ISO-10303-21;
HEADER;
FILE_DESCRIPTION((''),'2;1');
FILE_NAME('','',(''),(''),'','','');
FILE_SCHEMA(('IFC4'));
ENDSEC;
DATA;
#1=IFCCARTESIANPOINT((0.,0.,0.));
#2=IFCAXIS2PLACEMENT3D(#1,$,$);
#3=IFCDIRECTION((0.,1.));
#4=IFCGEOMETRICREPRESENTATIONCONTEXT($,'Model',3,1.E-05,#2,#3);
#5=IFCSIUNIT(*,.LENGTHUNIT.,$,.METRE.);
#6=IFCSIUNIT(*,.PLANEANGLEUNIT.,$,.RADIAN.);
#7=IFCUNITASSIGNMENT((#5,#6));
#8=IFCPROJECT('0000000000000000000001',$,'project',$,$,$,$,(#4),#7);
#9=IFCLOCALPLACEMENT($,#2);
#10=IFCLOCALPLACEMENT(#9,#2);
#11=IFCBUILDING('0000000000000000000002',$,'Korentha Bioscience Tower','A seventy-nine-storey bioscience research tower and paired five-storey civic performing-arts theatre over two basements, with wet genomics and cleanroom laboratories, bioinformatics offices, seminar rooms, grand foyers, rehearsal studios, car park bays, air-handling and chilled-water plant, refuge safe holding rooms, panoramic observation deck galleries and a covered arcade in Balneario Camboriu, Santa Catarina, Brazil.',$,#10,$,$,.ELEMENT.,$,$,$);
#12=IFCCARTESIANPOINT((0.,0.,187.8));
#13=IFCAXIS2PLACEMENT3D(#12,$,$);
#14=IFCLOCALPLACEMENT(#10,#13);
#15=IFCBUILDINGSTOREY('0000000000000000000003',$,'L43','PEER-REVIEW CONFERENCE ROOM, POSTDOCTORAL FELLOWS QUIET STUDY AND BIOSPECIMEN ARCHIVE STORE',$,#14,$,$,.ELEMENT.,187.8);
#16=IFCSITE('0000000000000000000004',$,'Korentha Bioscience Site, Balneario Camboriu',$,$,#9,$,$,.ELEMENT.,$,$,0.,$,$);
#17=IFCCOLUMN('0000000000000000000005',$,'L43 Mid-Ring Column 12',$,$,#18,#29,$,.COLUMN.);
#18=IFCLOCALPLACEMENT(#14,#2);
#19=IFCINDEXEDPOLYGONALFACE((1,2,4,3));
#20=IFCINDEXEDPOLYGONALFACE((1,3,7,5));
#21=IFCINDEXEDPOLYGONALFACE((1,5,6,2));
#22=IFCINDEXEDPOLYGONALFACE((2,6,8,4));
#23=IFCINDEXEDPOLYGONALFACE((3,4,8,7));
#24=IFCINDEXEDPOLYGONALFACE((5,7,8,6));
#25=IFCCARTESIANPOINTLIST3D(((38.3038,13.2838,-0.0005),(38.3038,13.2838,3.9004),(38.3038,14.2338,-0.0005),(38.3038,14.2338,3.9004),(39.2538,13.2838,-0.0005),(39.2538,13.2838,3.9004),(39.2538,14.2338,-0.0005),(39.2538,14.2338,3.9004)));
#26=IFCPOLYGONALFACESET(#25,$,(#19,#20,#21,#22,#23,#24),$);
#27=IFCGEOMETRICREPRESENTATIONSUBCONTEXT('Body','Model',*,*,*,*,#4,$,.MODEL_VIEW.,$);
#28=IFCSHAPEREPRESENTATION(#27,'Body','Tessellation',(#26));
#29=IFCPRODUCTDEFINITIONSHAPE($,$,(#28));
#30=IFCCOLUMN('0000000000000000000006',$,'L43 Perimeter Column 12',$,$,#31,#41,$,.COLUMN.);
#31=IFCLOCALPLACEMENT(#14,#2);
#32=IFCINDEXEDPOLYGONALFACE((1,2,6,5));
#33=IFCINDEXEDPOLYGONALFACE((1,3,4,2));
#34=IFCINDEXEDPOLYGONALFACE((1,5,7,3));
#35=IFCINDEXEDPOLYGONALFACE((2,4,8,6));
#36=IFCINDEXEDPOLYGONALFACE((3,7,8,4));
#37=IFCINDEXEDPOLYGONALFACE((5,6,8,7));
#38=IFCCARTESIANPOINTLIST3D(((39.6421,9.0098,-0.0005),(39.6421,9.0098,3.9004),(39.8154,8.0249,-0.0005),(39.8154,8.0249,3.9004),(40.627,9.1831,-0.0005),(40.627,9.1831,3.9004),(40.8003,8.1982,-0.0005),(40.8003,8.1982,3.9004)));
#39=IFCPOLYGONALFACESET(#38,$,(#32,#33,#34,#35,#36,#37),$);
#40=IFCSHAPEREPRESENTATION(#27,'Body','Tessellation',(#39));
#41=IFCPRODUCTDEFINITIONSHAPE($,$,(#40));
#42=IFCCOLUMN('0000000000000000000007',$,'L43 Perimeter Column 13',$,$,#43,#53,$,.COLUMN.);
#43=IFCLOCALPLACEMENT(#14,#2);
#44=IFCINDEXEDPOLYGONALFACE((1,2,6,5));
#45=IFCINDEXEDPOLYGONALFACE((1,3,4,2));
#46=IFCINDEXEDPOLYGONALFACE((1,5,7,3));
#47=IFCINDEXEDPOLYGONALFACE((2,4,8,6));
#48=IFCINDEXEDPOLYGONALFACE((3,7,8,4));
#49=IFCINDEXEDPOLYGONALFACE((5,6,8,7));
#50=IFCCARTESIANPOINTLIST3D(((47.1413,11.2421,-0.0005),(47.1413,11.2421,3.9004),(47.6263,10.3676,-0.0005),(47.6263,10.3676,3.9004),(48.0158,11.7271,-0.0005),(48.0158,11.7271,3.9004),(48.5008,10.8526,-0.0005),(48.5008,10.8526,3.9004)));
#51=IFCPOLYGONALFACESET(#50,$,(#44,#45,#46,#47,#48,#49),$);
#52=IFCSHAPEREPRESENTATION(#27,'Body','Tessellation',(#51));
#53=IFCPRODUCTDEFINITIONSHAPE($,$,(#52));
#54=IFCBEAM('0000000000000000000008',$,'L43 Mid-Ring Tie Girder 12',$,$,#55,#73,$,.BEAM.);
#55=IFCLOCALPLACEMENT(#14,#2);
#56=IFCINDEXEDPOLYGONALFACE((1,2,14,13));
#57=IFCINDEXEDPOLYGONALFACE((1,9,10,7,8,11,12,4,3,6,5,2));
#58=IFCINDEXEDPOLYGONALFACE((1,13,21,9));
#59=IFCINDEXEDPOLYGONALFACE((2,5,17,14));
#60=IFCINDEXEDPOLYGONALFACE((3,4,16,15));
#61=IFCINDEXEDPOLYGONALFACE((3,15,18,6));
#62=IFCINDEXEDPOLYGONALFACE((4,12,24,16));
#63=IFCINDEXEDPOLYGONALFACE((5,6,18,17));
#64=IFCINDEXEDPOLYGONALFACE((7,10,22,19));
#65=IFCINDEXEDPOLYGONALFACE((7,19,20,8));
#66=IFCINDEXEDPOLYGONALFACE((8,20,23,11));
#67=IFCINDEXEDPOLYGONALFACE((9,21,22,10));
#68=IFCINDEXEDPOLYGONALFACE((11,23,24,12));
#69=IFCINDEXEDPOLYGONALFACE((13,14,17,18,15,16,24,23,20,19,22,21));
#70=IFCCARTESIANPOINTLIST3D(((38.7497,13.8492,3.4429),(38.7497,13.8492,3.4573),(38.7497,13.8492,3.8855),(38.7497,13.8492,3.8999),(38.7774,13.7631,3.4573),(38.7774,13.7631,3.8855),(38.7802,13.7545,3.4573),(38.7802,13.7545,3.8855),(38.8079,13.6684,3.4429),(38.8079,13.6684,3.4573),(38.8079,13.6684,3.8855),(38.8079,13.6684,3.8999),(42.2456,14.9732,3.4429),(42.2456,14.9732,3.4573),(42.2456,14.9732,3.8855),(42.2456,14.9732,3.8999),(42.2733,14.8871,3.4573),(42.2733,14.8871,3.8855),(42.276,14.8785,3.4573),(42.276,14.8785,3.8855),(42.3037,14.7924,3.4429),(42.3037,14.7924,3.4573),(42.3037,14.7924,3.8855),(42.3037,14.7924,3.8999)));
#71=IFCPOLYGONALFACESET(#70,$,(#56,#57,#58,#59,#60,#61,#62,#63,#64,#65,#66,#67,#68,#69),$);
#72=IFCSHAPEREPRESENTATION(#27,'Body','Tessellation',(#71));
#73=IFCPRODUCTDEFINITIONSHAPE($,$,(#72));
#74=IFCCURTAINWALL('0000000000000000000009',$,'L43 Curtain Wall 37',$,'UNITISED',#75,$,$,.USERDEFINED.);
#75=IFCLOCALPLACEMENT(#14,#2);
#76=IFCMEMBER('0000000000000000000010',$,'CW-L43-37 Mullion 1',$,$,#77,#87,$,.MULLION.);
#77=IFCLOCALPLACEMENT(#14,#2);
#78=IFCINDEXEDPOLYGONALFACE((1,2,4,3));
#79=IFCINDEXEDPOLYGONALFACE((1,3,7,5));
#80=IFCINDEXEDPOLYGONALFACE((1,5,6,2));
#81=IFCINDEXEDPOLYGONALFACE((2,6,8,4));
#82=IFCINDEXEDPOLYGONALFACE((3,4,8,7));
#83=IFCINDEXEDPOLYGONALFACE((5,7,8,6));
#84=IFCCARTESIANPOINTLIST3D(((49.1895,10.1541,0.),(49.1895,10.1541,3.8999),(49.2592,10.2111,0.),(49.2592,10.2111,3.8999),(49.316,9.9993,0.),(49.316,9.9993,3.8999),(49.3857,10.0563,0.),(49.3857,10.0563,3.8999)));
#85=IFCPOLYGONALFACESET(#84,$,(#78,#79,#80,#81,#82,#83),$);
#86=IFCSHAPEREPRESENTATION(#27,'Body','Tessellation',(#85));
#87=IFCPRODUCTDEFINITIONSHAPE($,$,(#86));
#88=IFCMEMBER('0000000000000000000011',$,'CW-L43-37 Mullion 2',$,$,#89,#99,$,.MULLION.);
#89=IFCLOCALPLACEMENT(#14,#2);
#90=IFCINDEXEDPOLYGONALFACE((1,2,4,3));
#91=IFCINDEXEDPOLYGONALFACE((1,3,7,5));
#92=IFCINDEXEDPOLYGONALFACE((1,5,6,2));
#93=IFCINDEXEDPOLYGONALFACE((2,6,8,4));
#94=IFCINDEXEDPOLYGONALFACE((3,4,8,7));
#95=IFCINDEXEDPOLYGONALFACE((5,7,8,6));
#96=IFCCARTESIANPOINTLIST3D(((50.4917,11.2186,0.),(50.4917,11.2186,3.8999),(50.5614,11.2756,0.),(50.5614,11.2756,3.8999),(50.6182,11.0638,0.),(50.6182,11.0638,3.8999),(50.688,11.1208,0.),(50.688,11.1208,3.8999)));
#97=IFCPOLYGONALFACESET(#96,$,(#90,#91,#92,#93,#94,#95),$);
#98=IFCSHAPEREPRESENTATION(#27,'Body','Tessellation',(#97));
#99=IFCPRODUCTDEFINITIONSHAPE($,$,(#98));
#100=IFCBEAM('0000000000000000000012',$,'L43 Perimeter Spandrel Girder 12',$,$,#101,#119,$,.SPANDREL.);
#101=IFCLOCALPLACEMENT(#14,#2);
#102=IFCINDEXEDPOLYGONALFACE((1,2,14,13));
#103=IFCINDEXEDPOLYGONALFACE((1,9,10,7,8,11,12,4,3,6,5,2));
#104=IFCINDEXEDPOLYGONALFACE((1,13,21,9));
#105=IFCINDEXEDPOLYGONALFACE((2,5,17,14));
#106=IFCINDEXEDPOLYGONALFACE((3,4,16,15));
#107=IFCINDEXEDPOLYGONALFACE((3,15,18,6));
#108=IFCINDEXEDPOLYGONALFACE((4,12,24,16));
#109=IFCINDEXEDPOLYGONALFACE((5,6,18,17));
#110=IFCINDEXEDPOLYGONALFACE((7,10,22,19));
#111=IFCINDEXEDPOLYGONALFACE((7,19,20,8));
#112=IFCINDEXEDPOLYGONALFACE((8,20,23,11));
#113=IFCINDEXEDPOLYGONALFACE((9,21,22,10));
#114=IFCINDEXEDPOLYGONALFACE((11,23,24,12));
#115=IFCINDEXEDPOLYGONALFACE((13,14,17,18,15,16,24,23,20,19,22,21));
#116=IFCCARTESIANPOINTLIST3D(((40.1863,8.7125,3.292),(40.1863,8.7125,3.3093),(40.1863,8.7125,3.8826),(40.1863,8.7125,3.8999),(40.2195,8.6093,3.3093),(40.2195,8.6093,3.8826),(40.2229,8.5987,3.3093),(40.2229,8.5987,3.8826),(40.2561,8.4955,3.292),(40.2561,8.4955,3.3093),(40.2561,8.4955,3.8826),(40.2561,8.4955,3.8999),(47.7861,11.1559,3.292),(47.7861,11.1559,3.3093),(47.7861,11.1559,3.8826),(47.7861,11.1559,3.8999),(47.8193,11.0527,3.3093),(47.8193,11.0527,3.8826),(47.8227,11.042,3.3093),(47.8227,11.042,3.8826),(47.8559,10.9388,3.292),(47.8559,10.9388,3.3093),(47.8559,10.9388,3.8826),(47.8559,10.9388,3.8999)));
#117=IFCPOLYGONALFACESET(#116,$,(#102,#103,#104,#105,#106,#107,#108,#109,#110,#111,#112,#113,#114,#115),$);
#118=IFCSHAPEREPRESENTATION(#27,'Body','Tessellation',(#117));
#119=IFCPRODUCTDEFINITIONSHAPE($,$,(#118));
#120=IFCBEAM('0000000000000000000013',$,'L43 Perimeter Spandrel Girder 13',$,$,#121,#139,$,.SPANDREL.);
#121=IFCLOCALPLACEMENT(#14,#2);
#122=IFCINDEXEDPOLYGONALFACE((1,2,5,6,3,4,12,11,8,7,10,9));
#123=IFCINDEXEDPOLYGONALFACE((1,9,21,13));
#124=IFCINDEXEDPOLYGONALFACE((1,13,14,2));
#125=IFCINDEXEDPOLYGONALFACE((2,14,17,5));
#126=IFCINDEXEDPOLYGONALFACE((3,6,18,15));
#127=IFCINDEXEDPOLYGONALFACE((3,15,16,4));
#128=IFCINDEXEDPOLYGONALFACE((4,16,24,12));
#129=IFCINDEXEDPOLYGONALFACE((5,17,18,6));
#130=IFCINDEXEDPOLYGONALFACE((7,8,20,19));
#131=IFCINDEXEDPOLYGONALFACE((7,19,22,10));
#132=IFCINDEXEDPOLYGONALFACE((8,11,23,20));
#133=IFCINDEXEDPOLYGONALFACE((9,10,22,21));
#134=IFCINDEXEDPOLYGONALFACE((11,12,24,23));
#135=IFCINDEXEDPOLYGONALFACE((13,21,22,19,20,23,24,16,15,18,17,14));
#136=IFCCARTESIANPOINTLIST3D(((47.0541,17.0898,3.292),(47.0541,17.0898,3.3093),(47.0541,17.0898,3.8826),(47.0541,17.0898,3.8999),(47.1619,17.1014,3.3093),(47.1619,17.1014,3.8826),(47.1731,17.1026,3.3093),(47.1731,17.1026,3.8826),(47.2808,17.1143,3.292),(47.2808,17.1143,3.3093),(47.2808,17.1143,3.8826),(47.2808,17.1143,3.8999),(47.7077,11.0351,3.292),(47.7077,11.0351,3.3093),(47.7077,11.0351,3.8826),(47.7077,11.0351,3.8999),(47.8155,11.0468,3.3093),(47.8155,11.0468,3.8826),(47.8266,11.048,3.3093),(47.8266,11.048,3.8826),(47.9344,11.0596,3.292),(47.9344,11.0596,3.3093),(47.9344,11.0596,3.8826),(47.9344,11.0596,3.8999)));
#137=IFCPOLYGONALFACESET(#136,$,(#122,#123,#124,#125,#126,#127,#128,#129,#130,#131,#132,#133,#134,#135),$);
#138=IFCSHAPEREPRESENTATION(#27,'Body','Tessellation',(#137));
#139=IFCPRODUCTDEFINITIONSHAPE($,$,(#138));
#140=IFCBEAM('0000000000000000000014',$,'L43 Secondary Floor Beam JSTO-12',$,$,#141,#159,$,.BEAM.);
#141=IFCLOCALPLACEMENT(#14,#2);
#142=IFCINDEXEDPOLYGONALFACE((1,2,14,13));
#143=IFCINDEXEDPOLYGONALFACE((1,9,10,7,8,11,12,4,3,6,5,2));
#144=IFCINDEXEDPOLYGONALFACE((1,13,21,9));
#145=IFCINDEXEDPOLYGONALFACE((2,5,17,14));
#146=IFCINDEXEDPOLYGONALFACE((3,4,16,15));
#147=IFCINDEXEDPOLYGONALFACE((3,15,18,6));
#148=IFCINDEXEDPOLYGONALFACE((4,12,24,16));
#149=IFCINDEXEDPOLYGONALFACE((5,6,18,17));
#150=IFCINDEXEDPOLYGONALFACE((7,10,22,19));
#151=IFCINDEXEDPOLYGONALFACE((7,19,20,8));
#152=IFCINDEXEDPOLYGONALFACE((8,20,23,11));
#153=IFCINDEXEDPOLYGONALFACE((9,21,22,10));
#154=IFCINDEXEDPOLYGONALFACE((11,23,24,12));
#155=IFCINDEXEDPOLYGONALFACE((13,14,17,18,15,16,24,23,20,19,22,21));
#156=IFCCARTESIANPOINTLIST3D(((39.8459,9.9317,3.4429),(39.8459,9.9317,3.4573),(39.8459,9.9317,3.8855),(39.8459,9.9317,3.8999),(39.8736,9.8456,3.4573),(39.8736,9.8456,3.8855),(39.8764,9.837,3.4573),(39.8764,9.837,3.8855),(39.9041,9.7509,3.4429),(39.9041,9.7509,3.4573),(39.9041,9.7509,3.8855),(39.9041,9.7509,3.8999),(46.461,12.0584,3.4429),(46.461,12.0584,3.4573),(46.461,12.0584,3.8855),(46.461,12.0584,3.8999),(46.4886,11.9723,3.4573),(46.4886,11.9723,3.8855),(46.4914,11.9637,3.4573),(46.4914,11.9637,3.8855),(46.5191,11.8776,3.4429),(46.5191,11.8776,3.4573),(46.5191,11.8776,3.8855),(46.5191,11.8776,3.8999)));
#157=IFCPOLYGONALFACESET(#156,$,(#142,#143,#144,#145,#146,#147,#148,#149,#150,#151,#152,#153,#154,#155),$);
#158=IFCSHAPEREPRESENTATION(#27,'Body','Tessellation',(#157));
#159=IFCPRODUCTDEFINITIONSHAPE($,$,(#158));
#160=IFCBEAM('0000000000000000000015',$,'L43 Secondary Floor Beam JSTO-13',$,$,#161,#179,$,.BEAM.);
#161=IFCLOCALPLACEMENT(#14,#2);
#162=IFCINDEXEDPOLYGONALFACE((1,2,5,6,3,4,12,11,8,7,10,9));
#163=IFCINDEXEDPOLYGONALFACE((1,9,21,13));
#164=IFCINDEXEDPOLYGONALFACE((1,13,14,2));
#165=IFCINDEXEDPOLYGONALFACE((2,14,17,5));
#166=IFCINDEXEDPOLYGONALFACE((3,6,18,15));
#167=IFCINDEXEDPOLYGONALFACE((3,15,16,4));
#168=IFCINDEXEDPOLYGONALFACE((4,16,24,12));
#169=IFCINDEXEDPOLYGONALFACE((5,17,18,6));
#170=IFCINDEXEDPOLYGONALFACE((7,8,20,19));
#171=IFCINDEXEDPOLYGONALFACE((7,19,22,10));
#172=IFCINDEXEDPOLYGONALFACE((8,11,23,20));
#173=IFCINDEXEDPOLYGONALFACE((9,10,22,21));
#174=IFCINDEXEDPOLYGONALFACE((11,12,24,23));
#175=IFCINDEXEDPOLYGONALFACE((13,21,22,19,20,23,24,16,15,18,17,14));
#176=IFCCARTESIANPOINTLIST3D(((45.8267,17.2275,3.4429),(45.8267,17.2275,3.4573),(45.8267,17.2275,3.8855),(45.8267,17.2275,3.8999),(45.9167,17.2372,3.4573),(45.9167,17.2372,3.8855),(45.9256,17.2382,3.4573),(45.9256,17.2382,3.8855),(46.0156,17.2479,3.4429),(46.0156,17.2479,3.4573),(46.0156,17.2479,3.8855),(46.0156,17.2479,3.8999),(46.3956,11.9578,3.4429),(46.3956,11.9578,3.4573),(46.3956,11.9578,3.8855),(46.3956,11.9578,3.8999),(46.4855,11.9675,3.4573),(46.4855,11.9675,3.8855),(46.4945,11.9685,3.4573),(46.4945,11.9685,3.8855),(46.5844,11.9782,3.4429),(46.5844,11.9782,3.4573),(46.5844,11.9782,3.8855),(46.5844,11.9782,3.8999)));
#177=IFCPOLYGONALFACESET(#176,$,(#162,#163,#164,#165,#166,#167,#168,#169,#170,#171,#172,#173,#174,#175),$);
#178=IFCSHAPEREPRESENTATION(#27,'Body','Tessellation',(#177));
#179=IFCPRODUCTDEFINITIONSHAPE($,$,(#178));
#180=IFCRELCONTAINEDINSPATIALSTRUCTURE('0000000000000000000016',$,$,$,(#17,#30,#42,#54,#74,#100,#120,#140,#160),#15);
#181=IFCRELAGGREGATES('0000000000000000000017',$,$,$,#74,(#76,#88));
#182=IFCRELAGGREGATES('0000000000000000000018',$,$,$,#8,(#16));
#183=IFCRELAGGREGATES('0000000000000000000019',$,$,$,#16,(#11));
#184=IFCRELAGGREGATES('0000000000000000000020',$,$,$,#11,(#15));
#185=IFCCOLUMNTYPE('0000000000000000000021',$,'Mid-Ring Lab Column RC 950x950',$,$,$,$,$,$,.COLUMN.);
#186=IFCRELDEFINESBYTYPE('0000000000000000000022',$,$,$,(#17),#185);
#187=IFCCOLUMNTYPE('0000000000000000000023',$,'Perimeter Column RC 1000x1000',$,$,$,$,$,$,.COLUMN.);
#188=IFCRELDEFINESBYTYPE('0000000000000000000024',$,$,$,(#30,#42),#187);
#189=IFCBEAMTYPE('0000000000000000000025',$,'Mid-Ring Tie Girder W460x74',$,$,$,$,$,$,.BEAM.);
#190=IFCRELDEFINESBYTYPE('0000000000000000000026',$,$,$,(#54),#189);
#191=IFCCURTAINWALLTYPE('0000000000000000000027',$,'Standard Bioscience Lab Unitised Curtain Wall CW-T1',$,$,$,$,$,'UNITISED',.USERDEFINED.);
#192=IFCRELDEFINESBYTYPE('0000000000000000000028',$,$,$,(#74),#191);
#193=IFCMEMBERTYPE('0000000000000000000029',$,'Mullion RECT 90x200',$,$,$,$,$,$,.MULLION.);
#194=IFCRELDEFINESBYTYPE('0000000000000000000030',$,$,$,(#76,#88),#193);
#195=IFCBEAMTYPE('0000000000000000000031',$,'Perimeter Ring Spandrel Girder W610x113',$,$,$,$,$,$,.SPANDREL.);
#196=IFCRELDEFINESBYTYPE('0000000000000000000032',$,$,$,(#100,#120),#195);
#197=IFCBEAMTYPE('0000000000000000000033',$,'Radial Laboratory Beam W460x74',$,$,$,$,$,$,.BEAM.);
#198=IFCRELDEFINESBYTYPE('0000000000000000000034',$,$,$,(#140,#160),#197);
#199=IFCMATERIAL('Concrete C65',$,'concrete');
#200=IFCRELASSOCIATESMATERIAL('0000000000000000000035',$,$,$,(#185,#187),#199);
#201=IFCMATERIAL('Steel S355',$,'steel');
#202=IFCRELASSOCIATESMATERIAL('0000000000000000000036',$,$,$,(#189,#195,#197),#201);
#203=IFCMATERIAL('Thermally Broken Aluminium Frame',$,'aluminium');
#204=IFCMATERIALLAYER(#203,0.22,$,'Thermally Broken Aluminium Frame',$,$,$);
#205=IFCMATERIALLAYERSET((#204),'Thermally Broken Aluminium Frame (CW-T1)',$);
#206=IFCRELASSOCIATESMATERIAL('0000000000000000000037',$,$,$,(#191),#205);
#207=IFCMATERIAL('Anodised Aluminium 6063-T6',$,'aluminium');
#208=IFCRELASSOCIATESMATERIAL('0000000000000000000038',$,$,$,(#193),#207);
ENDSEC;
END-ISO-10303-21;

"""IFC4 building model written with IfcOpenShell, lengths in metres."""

from ifc_helpers import new_model, si_unit, direction, frame, origin, origin_2d, place, context, subcontext, project, spatial, rectangle, i_section, extrude, material, layer, layer_set, material_profile, profile_set, type_object, element, aggregate, save


model = new_model("IFC4")

# Units and contexts
model_context = context("Model", 3, precision=1e-05, world=origin(), true_north=direction((0.0, 1.0)))
body_context = subcontext(model_context, "Body", "Model", "MODEL_VIEW")
ifc_project = project(units=[si_unit("LENGTHUNIT", "METRE"), si_unit("PLANEANGLEUNIT", "RADIAN")], contexts=[model_context])

# Site, building, storey
site_placement = place(None, origin())
site = spatial("IfcSite", under=ifc_project, at=site_placement, Name="Korentha Bioscience Site, Balneario Camboriu", CompositionType="ELEMENT", RefElevation=0.0)
building_placement = place(site_placement, origin())
building = spatial("IfcBuilding", under=site, at=building_placement, Name="Korentha Bioscience Tower", Description="A seventy-nine-storey bioscience research tower and paired five-storey civic performing-arts theatre over two basements, with wet genomics and cleanroom laboratories, bioinformatics offices, seminar rooms, grand foyers, rehearsal studios, car park bays, air-handling and chilled-water plant, refuge safe holding rooms, panoramic observation deck galleries and a covered arcade in Balneario Camboriu, Santa Catarina, Brazil.", CompositionType="ELEMENT")
storey_placement = place(building_placement, frame((0.0, 0.0, 187.8)))
storey = spatial("IfcBuildingStorey", under=building, at=storey_placement, Name="L43", Description="PEER-REVIEW CONFERENCE ROOM, POSTDOCTORAL FELLOWS QUIET STUDY AND BIOSPECIMEN ARCHIVE STORE", CompositionType="ELEMENT", Elevation=187.8)

# Columns
ifc_material_1 = material(Name="Concrete C65", Category="concrete")
ifc_material_profile_1 = material_profile(ifc_material_1, rectangle(XDim=0.95, YDim=0.95, at=origin_2d()), Name="Concrete C65")
ifc_profile_set_1 = profile_set([ifc_material_profile_1], Name="Concrete C65 (COL-MR09)")
column_type_1 = type_object("IfcColumnType", Name="Mid-Ring Lab Column RC 950x950", PredefinedType="COLUMN", material=ifc_profile_set_1)
column_placement = place(storey_placement, frame((38.7788, 13.7588, -0.0005), z_axis=(0.0, 0.0, 1.0), x_axis=(1.0, 0.0, 0.0)))
element("IfcColumn", 1, at=column_placement, inside=storey, type_object=column_type_1, Name="L43 Mid-Ring Column 12", PredefinedType="COLUMN", context=body_context, shape_type="SweptSolid", body=[
    extrude(rectangle(XDim=0.95, YDim=0.95, at=origin_2d()), origin(), (0.0, 0.0, 1.0), 3.9009),
])
ifc_material_profile_2 = material_profile(ifc_material_1, rectangle(XDim=1.0, YDim=1.0, at=origin_2d()), Name="Concrete C65")
ifc_profile_set_2 = profile_set([ifc_material_profile_2], Name="Concrete C65 (COL-P10)")
column_type_2 = type_object("IfcColumnType", Name="Perimeter Column RC 1000x1000", PredefinedType="COLUMN", material=ifc_profile_set_2)
for number, where, z_axis, x_axis, name in (
    (2, (40.2212, 8.604, -0.0005), (0.0, 0.0, 1.0), (0.984868, 0.173304, 0.0), "L43 Perimeter Column 12"),
    (3, (47.821, 11.0474, -0.0005), (0.0, 0.0, 1.0), (0.874535, 0.484962, 0.0), "L43 Perimeter Column 13"),
):
    element("IfcColumn", number, at=place(storey_placement, frame(where, z_axis=z_axis, x_axis=x_axis)), inside=storey, type_object=column_type_2, Name=name, PredefinedType="COLUMN", context=body_context, shape_type="SweptSolid", body=[
        extrude(rectangle(XDim=1.0, YDim=1.0, at=origin_2d()), origin(), (0.0, 0.0, 1.0), 3.9009),
    ])

# Beam
ifc_material_2 = material(Name="Steel S355", Category="steel")
ifc_material_profile_3 = material_profile(ifc_material_2, i_section(OverallWidth=0.1899, OverallDepth=0.457, WebThickness=0.009, FlangeThickness=0.0144, at=origin_2d()), Name="Steel S355")
ifc_profile_set_3 = profile_set([ifc_material_profile_3], Name="Steel S355 (MB-460)")
beam_type_1 = type_object("IfcBeamType", Name="Mid-Ring Tie Girder W460x74", PredefinedType="BEAM", material=ifc_profile_set_3)
beam_1_placement = place(storey_placement, frame((38.7788, 13.7588, 3.6714), z_axis=(0.952, 0.306097, 0.0), x_axis=(-0.306097, 0.952, 0.0)))
element("IfcBeam", 4, at=beam_1_placement, inside=storey, type_object=beam_type_1, Name="L43 Mid-Ring Tie Girder 12", PredefinedType="BEAM", context=body_context, shape_type="SweptSolid", body=[
    extrude(i_section(OverallWidth=0.1899, OverallDepth=0.457, WebThickness=0.009, FlangeThickness=0.0144, at=origin_2d()), origin(), (0.0, 0.0, 1.0), 3.6721),
])

# Curtain wall, members
ifc_material_3 = material(Name="Thermally Broken Aluminium Frame", Category="aluminium")
ifc_layer_1 = layer(ifc_material_3, 0.22, Name="Thermally Broken Aluminium Frame")
ifc_layer_set_1 = layer_set([ifc_layer_1], Name="Thermally Broken Aluminium Frame (CW-T1)")
curtain_wall_type = type_object("IfcCurtainWallType", Name="Standard Bioscience Lab Unitised Curtain Wall CW-T1", ElementType="UNITISED", PredefinedType="USERDEFINED", material=ifc_layer_set_1)
curtain_wall_placement = place(storey_placement, origin())
curtain_wall = element("IfcCurtainWall", 5, at=curtain_wall_placement, inside=storey, type_object=curtain_wall_type, Name="L43 Curtain Wall 37", ObjectType="UNITISED", PredefinedType="USERDEFINED")
ifc_material_4 = material(Name="Anodised Aluminium 6063-T6", Category="aluminium")
ifc_material_profile_4 = material_profile(ifc_material_4, rectangle(XDim=0.0901, YDim=0.2, at=origin_2d()), Name="Anodised Aluminium 6063-T6")
ifc_profile_set_4 = profile_set([ifc_material_profile_4], Name="Anodised Aluminium 6063-T6 (CW-MUL)")
member_type_1 = type_object("IfcMemberType", Name="Mullion RECT 90x200", PredefinedType="MULLION", material=ifc_profile_set_4)
member_1_placement = place(storey_placement, frame((49.2876, 10.1052, 0.0), z_axis=(0.0, 0.0, 1.0), x_axis=(0.774256, 0.632872, 0.0)))
member_1 = element("IfcMember", 6, at=member_1_placement, type_object=member_type_1, Name="CW-L43-37 Mullion 1", PredefinedType="MULLION", context=body_context, shape_type="SweptSolid", body=[
    extrude(rectangle(XDim=0.0901, YDim=0.2, at=origin_2d()), origin(), (0.0, 0.0, 1.0), 3.8999),
])
member_2_placement = place(storey_placement, frame((50.5898, 11.1697, 0.0), z_axis=(0.0, 0.0, 1.0), x_axis=(0.774256, 0.632872, 0.0)))
member_2 = element("IfcMember", 7, at=member_2_placement, type_object=member_type_1, Name="CW-L43-37 Mullion 2", PredefinedType="MULLION", context=body_context, shape_type="SweptSolid", body=[
    extrude(rectangle(XDim=0.0901, YDim=0.2, at=origin_2d()), origin(), (0.0, 0.0, 1.0), 3.8999),
])

# Beams
ifc_material_profile_5 = material_profile(ifc_material_2, i_section(OverallWidth=0.228, OverallDepth=0.6079, WebThickness=0.0112, FlangeThickness=0.0173, at=origin_2d()), Name="Steel S355")
ifc_profile_set_5 = profile_set([ifc_material_profile_5], Name="Steel S355 (SB-610)")
beam_type_2 = type_object("IfcBeamType", Name="Perimeter Ring Spandrel Girder W610x113", PredefinedType="SPANDREL", material=ifc_profile_set_5)
beam_2_placement = place(storey_placement, frame((40.2212, 8.604, 3.5959), z_axis=(0.952009, 0.306072, 0.0), x_axis=(-0.306072, 0.952009, 0.0)))
element("IfcBeam", 8, at=beam_2_placement, inside=storey, type_object=beam_type_2, Name="L43 Perimeter Spandrel Girder 12", PredefinedType="SPANDREL", context=body_context, shape_type="SweptSolid", body=[
    extrude(i_section(OverallWidth=0.228, OverallDepth=0.6079, WebThickness=0.0112, FlangeThickness=0.0173, at=origin_2d()), origin(), (0.0, 0.0, 1.0), 7.9829),
])
beam_3_placement = place(storey_placement, frame((47.821, 11.0474, 3.5959), z_axis=(-0.10732, 0.994225, 0.0), x_axis=(-0.994225, -0.10732, 0.0)))
element("IfcBeam", 9, at=beam_3_placement, inside=storey, type_object=beam_type_2, Name="L43 Perimeter Spandrel Girder 13", PredefinedType="SPANDREL", context=body_context, shape_type="SweptSolid", body=[
    extrude(i_section(OverallWidth=0.228, OverallDepth=0.6079, WebThickness=0.0112, FlangeThickness=0.0173, at=origin_2d()), origin(), (0.0, 0.0, 1.0), 6.0898),
])
ifc_material_profile_6 = material_profile(ifc_material_2, i_section(OverallWidth=0.1899, OverallDepth=0.457, WebThickness=0.009, FlangeThickness=0.0144, at=origin_2d()), Name="Steel S355")
ifc_profile_set_6 = profile_set([ifc_material_profile_6], Name="Steel S355 (RB-460)")
beam_type_3 = type_object("IfcBeamType", Name="Radial Laboratory Beam W460x74", PredefinedType="BEAM", material=ifc_profile_set_6)
beam_4_placement = place(storey_placement, frame((39.875, 9.8413, 3.6714), z_axis=(0.952009, 0.306069, 0.0), x_axis=(-0.306069, 0.952009, 0.0)))
element("IfcBeam", 10, at=beam_4_placement, inside=storey, type_object=beam_type_3, Name="L43 Secondary Floor Beam JSTO-12", PredefinedType="BEAM", context=body_context, shape_type="SweptSolid", body=[
    extrude(i_section(OverallWidth=0.1899, OverallDepth=0.457, WebThickness=0.009, FlangeThickness=0.0144, at=origin_2d()), origin(), (0.0, 0.0, 1.0), 6.9485),
])
beam_5_placement = place(storey_placement, frame((46.49, 11.968, 3.6714), z_axis=(-0.107322, 0.994224, 0.0), x_axis=(-0.994224, -0.107322, 0.0)))
element("IfcBeam", 11, at=beam_5_placement, inside=storey, type_object=beam_type_3, Name="L43 Secondary Floor Beam JSTO-13", PredefinedType="BEAM", context=body_context, shape_type="SweptSolid", body=[
    extrude(i_section(OverallWidth=0.1899, OverallDepth=0.457, WebThickness=0.009, FlangeThickness=0.0144, at=origin_2d()), origin(), (0.0, 0.0, 1.0), 5.3003),
])

aggregate(curtain_wall, [member_1, member_2])

save(model, "model.ifc")
